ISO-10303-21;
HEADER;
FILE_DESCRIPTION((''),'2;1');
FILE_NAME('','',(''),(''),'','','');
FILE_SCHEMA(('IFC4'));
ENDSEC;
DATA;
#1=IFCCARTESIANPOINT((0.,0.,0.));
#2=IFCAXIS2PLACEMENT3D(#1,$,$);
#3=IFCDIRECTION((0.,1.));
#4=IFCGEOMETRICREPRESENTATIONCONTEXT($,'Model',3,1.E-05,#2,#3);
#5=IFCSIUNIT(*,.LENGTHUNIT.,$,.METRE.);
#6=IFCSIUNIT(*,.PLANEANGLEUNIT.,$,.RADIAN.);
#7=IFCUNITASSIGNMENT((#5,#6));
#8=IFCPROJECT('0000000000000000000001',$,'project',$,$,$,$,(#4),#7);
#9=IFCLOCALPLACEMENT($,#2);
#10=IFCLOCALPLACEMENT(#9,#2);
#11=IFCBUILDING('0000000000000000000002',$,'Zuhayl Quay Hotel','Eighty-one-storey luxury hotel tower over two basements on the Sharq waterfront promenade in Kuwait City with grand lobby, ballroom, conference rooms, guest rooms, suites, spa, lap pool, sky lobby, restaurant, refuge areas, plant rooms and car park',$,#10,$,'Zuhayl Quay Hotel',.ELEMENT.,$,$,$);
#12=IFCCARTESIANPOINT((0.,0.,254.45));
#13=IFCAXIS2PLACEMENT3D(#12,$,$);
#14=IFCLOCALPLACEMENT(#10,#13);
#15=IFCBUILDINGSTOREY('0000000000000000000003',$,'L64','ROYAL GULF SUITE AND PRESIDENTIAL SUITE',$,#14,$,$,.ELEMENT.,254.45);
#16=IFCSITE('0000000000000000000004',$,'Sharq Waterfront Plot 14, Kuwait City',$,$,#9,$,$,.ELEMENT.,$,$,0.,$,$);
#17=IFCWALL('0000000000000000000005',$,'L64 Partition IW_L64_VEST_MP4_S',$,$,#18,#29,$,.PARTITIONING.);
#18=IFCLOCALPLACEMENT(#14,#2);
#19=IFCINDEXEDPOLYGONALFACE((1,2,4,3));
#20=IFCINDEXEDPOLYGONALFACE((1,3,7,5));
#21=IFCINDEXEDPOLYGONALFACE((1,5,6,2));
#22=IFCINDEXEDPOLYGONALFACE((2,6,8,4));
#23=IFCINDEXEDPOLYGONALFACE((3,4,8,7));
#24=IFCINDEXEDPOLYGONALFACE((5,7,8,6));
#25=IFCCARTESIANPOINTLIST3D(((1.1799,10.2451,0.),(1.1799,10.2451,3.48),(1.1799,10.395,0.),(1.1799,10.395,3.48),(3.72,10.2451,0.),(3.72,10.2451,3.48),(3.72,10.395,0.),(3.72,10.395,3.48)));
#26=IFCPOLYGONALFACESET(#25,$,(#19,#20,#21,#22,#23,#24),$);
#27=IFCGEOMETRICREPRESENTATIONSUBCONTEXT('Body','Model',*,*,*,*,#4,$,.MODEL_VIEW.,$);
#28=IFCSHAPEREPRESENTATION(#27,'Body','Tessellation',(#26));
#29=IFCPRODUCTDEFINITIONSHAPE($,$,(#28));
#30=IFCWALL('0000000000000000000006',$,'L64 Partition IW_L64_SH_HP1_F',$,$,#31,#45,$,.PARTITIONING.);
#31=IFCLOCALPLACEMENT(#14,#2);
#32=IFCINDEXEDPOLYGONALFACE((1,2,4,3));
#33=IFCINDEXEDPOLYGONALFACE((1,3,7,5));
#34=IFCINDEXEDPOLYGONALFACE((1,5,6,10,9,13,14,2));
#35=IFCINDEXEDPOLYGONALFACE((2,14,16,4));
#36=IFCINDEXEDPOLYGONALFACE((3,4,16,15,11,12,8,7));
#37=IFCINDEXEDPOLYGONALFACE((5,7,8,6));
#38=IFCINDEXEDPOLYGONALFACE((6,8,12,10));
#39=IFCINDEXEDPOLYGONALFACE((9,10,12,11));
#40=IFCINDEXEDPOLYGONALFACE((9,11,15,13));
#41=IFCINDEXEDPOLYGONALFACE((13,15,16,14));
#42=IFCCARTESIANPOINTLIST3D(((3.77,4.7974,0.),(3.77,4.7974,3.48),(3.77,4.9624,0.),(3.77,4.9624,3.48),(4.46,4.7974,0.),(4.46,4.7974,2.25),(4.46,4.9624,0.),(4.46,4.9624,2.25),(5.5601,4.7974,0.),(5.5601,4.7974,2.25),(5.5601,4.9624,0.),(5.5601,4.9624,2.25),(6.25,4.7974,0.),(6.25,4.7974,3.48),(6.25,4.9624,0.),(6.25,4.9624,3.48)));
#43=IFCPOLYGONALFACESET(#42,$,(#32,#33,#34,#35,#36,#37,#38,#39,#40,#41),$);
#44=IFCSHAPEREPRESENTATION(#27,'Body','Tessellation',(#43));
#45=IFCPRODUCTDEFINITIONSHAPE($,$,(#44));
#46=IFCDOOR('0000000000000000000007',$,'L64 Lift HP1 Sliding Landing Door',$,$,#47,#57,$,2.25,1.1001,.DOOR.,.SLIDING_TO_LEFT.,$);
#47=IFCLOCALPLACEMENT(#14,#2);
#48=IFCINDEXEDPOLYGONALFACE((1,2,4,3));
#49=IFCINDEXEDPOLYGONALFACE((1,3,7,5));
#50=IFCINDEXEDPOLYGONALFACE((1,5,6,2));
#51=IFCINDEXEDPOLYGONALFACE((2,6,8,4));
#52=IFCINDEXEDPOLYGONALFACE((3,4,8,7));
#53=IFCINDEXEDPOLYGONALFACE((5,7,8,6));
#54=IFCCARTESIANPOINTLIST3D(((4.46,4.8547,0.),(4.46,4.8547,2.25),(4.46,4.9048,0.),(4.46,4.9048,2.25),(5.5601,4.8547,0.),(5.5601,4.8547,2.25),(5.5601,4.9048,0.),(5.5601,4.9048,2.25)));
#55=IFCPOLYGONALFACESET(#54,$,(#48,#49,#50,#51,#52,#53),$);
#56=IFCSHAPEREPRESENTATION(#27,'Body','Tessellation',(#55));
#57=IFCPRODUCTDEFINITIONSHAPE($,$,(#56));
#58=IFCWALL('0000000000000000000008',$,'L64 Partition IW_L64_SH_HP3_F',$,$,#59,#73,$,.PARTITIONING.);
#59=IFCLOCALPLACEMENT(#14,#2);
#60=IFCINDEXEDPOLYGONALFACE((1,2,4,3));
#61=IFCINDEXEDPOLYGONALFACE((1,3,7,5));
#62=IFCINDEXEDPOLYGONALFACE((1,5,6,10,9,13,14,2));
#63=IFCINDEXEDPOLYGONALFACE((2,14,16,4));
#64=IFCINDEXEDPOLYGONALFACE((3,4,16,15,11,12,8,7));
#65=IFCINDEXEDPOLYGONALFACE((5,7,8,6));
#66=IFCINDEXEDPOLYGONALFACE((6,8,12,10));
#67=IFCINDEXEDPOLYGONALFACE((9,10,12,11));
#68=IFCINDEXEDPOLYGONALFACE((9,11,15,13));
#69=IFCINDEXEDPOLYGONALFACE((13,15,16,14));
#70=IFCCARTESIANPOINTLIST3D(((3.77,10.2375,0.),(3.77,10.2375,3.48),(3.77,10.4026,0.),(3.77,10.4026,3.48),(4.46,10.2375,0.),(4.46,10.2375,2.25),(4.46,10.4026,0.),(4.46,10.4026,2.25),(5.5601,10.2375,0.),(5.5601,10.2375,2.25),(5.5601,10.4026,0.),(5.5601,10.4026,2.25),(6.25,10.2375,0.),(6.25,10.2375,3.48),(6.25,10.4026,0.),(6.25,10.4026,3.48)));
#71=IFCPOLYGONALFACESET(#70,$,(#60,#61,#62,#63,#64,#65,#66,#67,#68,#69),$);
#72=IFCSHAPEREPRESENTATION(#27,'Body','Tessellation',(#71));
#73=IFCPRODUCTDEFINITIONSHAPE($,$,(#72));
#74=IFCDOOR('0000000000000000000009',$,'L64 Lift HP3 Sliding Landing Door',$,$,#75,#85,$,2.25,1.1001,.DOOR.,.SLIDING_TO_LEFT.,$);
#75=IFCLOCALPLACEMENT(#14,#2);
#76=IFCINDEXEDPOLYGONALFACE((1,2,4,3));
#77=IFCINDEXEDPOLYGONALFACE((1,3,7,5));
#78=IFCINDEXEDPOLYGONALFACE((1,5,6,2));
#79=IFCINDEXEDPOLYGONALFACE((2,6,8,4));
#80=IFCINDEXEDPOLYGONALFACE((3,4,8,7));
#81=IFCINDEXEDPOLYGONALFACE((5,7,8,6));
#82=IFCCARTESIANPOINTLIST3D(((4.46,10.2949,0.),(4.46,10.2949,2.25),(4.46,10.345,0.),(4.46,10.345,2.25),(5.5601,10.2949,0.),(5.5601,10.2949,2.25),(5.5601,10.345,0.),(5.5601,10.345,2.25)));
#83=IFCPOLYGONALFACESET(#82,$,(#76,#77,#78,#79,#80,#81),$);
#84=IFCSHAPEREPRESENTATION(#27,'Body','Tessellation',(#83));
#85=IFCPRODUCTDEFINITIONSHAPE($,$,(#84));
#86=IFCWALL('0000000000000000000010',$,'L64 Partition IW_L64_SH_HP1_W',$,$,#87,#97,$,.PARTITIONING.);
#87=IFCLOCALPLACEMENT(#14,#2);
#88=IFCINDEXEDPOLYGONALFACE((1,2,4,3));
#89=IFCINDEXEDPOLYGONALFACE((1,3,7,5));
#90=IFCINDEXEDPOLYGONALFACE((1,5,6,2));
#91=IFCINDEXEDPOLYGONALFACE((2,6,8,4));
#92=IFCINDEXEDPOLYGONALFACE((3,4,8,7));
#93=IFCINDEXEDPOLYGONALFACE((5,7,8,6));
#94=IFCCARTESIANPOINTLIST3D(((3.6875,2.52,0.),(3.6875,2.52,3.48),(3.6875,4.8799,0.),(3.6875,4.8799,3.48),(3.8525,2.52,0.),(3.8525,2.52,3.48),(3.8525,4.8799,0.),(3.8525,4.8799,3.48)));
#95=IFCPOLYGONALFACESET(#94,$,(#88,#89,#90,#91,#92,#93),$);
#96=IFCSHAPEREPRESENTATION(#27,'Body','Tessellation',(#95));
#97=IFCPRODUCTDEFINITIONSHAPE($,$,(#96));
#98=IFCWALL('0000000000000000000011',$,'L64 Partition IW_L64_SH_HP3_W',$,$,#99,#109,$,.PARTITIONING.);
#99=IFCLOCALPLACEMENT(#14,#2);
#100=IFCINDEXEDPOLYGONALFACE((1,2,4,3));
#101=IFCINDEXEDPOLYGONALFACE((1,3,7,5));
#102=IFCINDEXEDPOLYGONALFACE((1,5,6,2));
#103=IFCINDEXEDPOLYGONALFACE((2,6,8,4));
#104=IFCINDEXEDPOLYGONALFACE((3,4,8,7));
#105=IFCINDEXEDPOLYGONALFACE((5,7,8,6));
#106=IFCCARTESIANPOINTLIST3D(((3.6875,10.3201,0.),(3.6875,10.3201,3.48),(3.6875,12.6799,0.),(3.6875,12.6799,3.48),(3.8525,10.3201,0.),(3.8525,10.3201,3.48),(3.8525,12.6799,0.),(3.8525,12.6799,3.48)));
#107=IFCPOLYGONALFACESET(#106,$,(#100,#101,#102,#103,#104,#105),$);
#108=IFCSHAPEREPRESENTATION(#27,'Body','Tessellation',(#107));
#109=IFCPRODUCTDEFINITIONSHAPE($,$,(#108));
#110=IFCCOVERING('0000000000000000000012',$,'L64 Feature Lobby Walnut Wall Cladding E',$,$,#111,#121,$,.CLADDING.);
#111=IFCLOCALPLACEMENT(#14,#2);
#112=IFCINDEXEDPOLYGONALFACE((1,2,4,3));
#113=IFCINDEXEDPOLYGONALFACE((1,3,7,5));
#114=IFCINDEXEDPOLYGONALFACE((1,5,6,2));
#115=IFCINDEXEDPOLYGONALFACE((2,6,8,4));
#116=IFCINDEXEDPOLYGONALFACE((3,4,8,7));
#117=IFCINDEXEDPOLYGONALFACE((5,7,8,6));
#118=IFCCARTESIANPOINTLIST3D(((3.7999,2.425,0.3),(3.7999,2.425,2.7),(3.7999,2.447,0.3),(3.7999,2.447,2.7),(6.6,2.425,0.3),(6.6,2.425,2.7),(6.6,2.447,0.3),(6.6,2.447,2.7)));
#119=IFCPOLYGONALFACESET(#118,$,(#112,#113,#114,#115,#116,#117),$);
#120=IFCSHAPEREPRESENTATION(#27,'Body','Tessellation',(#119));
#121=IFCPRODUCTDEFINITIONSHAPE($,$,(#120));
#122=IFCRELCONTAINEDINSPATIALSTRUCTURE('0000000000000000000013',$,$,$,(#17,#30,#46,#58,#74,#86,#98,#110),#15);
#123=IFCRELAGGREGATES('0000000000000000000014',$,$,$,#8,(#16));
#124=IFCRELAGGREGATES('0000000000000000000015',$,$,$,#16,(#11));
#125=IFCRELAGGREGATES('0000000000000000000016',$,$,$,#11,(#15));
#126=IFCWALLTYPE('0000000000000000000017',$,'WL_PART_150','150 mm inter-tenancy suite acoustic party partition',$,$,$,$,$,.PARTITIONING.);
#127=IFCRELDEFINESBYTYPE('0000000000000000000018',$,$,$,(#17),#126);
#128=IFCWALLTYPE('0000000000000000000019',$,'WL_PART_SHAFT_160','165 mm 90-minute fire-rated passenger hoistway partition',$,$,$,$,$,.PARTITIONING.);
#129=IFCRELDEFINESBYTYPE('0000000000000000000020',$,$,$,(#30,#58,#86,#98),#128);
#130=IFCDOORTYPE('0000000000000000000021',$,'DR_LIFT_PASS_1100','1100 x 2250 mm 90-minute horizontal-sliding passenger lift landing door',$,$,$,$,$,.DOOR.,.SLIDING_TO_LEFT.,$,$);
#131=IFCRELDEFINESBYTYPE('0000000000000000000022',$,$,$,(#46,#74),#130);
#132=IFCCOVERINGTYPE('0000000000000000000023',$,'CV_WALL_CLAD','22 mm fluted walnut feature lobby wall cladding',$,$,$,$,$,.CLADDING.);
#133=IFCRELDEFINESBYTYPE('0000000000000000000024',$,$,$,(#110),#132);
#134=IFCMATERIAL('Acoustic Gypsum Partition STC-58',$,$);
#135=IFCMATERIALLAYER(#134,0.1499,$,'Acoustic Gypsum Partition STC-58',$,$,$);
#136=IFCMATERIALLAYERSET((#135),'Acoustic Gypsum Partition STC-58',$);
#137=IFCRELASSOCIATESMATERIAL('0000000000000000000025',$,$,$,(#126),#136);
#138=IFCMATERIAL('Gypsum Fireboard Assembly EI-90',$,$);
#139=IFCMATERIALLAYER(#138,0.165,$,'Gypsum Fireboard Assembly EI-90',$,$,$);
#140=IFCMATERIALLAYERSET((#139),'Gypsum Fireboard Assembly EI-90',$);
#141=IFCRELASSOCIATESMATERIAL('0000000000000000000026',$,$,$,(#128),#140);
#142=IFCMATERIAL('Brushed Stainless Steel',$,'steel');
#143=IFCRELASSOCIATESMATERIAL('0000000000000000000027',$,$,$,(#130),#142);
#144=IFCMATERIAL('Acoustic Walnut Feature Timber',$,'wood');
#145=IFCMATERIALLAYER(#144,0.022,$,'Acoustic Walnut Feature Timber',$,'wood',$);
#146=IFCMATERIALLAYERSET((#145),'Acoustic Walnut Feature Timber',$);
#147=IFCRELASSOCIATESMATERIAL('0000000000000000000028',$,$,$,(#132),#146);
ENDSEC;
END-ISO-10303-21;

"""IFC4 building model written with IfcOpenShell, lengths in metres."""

from ifc_helpers import new_model, si_unit, direction, frame, frame_2d, origin, origin_2d, place, context, subcontext, project, spatial, rectangle, extrude, material, layer, layer_set, type_object, element, fill, save


model = new_model("IFC4")

# Units and contexts
model_context = context("Model", 3, precision=1e-05, world=origin(), true_north=direction((0.0, 1.0)))
body_context = subcontext(model_context, "Body", "Model", "MODEL_VIEW")
ifc_project = project(units=[si_unit("LENGTHUNIT", "METRE"), si_unit("PLANEANGLEUNIT", "RADIAN")], contexts=[model_context])

# Site, building, storey
site_placement = place(None, origin())
site = spatial("IfcSite", under=ifc_project, at=site_placement, Name="Sharq Waterfront Plot 14, Kuwait City", CompositionType="ELEMENT", RefElevation=0.0)
building_placement = place(site_placement, origin())
building = spatial("IfcBuilding", under=site, at=building_placement, Name="Zuhayl Quay Hotel", Description="Eighty-one-storey luxury hotel tower over two basements on the Sharq waterfront promenade in Kuwait City with grand lobby, ballroom, conference rooms, guest rooms, suites, spa, lap pool, sky lobby, restaurant, refuge areas, plant rooms and car park", LongName="Zuhayl Quay Hotel", CompositionType="ELEMENT")
storey_placement = place(building_placement, frame((0.0, 0.0, 254.45)))
storey = spatial("IfcBuildingStorey", under=building, at=storey_placement, Name="L64", Description="ROYAL GULF SUITE AND PRESIDENTIAL SUITE", CompositionType="ELEMENT", Elevation=254.45)

# Shared definitions
ifc_material_1 = material(Name="Acoustic Gypsum Partition STC-58")
ifc_layer_1 = layer(ifc_material_1, 0.1499, Name="Acoustic Gypsum Partition STC-58")
ifc_layer_set_1 = layer_set([ifc_layer_1], Name="Acoustic Gypsum Partition STC-58")
wall_type_1 = type_object("IfcWallType", Name="WL_PART_150", Description="150 mm inter-tenancy suite acoustic party partition", PredefinedType="PARTITIONING", material=ifc_layer_set_1)

# Wall
wall_1_placement = place(storey_placement, frame((1.1799, 10.3201, 0.0), z_axis=(0.0, 0.0, 1.0), x_axis=(1.0, 0.0, 0.0)))
element("IfcWall", 1, at=wall_1_placement, inside=storey, type_object=wall_type_1, Name="L64 Partition IW_L64_VEST_MP4_S", PredefinedType="PARTITIONING", context=body_context, shape_type="SweptSolid", body=[
    extrude(rectangle(XDim=2.54, YDim=0.1499, at=frame_2d((1.27, 0.0))), origin(), (0.0, 0.0, 1.0), 3.48),
])

# Walls, openings, doors
ifc_material_2 = material(Name="Gypsum Fireboard Assembly EI-90")
ifc_layer_2 = layer(ifc_material_2, 0.165, Name="Gypsum Fireboard Assembly EI-90")
ifc_layer_set_2 = layer_set([ifc_layer_2], Name="Gypsum Fireboard Assembly EI-90")
wall_type_2 = type_object("IfcWallType", Name="WL_PART_SHAFT_160", Description="165 mm 90-minute fire-rated passenger hoistway partition", PredefinedType="PARTITIONING", material=ifc_layer_set_2)
wall_2_placement = place(storey_placement, frame((3.77, 4.8799, 0.0), z_axis=(0.0, 0.0, 1.0), x_axis=(1.0, 0.0, 0.0)))
wall_2 = element("IfcWall", 2, at=wall_2_placement, inside=storey, type_object=wall_type_2, Name="L64 Partition IW_L64_SH_HP1_F", PredefinedType="PARTITIONING", context=body_context, shape_type="SweptSolid", body=[
    extrude(rectangle(XDim=2.48, YDim=0.165, at=frame_2d((1.24, 0.0))), origin(), (0.0, 0.0, 1.0), 3.48),
])
opening_1_placement = place(wall_2_placement, frame((0.6899, 0.0, 0.0)))
opening_1 = element("IfcOpeningElement", 3, at=opening_1_placement, cuts=wall_2, PredefinedType="OPENING", context=body_context, shape_type="SweptSolid", body=[
    extrude(rectangle(XDim=1.1001, YDim=2.25, at=frame_2d((0.55, 1.125))), frame((0.0, 0.0925, 0.0), z_axis=(0.0, -1.0, 0.0), x_axis=(1.0, 0.0, 0.0)), (0.0, 0.0, 1.0), 0.1851),
])
ifc_material_3 = material(Name="Brushed Stainless Steel", Category="steel")
door_type_1 = type_object("IfcDoorType", Name="DR_LIFT_PASS_1100", Description="1100 x 2250 mm 90-minute horizontal-sliding passenger lift landing door", OperationType="SLIDING_TO_LEFT", PredefinedType="DOOR", material=ifc_material_3)
door_1_placement = place(opening_1_placement, origin())
door_1 = element("IfcDoor", 4, at=door_1_placement, inside=storey, type_object=door_type_1, Name="L64 Lift HP1 Sliding Landing Door", OperationType="SLIDING_TO_LEFT", OverallHeight=2.25, OverallWidth=1.1001, PredefinedType="DOOR", context=body_context, shape_type="SweptSolid", body=[
    extrude(rectangle(XDim=1.1001, YDim=2.25, at=frame_2d((0.55, 1.125))), frame((0.0, 0.0249, 0.0), z_axis=(0.0, -1.0, 0.0), x_axis=(1.0, 0.0, 0.0)), (0.0, 0.0, 1.0), 0.05),
])
fill(opening_1, door_1)
wall_3_placement = place(storey_placement, frame((3.77, 10.3201, 0.0), z_axis=(0.0, 0.0, 1.0), x_axis=(1.0, 0.0, 0.0)))
wall_3 = element("IfcWall", 5, at=wall_3_placement, inside=storey, type_object=wall_type_2, Name="L64 Partition IW_L64_SH_HP3_F", PredefinedType="PARTITIONING", context=body_context, shape_type="SweptSolid", body=[
    extrude(rectangle(XDim=2.48, YDim=0.165, at=frame_2d((1.24, 0.0))), origin(), (0.0, 0.0, 1.0), 3.48),
])
opening_2_placement = place(wall_3_placement, frame((0.6899, 0.0, 0.0)))
opening_2 = element("IfcOpeningElement", 6, at=opening_2_placement, cuts=wall_3, PredefinedType="OPENING", context=body_context, shape_type="SweptSolid", body=[
    extrude(rectangle(XDim=1.1001, YDim=2.25, at=frame_2d((0.55, 1.125))), frame((0.0, 0.0925, 0.0), z_axis=(0.0, -1.0, 0.0), x_axis=(1.0, 0.0, 0.0)), (0.0, 0.0, 1.0), 0.1851),
])
door_2_placement = place(opening_2_placement, origin())
door_2 = element("IfcDoor", 7, at=door_2_placement, inside=storey, type_object=door_type_1, Name="L64 Lift HP3 Sliding Landing Door", OperationType="SLIDING_TO_LEFT", OverallHeight=2.25, OverallWidth=1.1001, PredefinedType="DOOR", context=body_context, shape_type="SweptSolid", body=[
    extrude(rectangle(XDim=1.1001, YDim=2.25, at=frame_2d((0.55, 1.125))), frame((0.0, 0.0249, 0.0), z_axis=(0.0, -1.0, 0.0), x_axis=(1.0, 0.0, 0.0)), (0.0, 0.0, 1.0), 0.05),
])
fill(opening_2, door_2)

# Walls
for number, where, z_axis, x_axis, name in (
    (8, (3.77, 2.52, 0.0), (0.0, 0.0, 1.0), (0.0, 1.0, 0.0), "L64 Partition IW_L64_SH_HP1_W"),
    (9, (3.77, 10.3201, 0.0), (0.0, 0.0, 1.0), (0.0, 1.0, 0.0), "L64 Partition IW_L64_SH_HP3_W"),
):
    element("IfcWall", number, at=place(storey_placement, frame(where, z_axis=z_axis, x_axis=x_axis)), inside=storey, type_object=wall_type_2, Name=name, PredefinedType="PARTITIONING", context=body_context, shape_type="SweptSolid", body=[
        extrude(rectangle(XDim=2.3599, YDim=0.165, at=frame_2d((1.1799, 0.0))), origin(), (0.0, 0.0, 1.0), 3.48),
    ])

# Covering
ifc_material_4 = material(Name="Acoustic Walnut Feature Timber", Category="wood")
ifc_layer_3 = layer(ifc_material_4, 0.022, Name="Acoustic Walnut Feature Timber", Category="wood")
ifc_layer_set_3 = layer_set([ifc_layer_3], Name="Acoustic Walnut Feature Timber")
covering_type = type_object("IfcCoveringType", Name="CV_WALL_CLAD", Description="22 mm fluted walnut feature lobby wall cladding", PredefinedType="CLADDING", material=ifc_layer_set_3)
covering_placement = place(storey_placement, frame((5.2, 2.436, 0.3), z_axis=(0.0, 0.0, 1.0), x_axis=(1.0, 0.0, 0.0)))
element("IfcCovering", 10, at=covering_placement, inside=storey, type_object=covering_type, Name="L64 Feature Lobby Walnut Wall Cladding E", PredefinedType="CLADDING", context=body_context, shape_type="SweptSolid", body=[
    extrude(rectangle(XDim=2.8, YDim=0.022, at=origin_2d()), origin(), (0.0, 0.0, 1.0), 2.3999),
])

save(model, "model.ifc")
